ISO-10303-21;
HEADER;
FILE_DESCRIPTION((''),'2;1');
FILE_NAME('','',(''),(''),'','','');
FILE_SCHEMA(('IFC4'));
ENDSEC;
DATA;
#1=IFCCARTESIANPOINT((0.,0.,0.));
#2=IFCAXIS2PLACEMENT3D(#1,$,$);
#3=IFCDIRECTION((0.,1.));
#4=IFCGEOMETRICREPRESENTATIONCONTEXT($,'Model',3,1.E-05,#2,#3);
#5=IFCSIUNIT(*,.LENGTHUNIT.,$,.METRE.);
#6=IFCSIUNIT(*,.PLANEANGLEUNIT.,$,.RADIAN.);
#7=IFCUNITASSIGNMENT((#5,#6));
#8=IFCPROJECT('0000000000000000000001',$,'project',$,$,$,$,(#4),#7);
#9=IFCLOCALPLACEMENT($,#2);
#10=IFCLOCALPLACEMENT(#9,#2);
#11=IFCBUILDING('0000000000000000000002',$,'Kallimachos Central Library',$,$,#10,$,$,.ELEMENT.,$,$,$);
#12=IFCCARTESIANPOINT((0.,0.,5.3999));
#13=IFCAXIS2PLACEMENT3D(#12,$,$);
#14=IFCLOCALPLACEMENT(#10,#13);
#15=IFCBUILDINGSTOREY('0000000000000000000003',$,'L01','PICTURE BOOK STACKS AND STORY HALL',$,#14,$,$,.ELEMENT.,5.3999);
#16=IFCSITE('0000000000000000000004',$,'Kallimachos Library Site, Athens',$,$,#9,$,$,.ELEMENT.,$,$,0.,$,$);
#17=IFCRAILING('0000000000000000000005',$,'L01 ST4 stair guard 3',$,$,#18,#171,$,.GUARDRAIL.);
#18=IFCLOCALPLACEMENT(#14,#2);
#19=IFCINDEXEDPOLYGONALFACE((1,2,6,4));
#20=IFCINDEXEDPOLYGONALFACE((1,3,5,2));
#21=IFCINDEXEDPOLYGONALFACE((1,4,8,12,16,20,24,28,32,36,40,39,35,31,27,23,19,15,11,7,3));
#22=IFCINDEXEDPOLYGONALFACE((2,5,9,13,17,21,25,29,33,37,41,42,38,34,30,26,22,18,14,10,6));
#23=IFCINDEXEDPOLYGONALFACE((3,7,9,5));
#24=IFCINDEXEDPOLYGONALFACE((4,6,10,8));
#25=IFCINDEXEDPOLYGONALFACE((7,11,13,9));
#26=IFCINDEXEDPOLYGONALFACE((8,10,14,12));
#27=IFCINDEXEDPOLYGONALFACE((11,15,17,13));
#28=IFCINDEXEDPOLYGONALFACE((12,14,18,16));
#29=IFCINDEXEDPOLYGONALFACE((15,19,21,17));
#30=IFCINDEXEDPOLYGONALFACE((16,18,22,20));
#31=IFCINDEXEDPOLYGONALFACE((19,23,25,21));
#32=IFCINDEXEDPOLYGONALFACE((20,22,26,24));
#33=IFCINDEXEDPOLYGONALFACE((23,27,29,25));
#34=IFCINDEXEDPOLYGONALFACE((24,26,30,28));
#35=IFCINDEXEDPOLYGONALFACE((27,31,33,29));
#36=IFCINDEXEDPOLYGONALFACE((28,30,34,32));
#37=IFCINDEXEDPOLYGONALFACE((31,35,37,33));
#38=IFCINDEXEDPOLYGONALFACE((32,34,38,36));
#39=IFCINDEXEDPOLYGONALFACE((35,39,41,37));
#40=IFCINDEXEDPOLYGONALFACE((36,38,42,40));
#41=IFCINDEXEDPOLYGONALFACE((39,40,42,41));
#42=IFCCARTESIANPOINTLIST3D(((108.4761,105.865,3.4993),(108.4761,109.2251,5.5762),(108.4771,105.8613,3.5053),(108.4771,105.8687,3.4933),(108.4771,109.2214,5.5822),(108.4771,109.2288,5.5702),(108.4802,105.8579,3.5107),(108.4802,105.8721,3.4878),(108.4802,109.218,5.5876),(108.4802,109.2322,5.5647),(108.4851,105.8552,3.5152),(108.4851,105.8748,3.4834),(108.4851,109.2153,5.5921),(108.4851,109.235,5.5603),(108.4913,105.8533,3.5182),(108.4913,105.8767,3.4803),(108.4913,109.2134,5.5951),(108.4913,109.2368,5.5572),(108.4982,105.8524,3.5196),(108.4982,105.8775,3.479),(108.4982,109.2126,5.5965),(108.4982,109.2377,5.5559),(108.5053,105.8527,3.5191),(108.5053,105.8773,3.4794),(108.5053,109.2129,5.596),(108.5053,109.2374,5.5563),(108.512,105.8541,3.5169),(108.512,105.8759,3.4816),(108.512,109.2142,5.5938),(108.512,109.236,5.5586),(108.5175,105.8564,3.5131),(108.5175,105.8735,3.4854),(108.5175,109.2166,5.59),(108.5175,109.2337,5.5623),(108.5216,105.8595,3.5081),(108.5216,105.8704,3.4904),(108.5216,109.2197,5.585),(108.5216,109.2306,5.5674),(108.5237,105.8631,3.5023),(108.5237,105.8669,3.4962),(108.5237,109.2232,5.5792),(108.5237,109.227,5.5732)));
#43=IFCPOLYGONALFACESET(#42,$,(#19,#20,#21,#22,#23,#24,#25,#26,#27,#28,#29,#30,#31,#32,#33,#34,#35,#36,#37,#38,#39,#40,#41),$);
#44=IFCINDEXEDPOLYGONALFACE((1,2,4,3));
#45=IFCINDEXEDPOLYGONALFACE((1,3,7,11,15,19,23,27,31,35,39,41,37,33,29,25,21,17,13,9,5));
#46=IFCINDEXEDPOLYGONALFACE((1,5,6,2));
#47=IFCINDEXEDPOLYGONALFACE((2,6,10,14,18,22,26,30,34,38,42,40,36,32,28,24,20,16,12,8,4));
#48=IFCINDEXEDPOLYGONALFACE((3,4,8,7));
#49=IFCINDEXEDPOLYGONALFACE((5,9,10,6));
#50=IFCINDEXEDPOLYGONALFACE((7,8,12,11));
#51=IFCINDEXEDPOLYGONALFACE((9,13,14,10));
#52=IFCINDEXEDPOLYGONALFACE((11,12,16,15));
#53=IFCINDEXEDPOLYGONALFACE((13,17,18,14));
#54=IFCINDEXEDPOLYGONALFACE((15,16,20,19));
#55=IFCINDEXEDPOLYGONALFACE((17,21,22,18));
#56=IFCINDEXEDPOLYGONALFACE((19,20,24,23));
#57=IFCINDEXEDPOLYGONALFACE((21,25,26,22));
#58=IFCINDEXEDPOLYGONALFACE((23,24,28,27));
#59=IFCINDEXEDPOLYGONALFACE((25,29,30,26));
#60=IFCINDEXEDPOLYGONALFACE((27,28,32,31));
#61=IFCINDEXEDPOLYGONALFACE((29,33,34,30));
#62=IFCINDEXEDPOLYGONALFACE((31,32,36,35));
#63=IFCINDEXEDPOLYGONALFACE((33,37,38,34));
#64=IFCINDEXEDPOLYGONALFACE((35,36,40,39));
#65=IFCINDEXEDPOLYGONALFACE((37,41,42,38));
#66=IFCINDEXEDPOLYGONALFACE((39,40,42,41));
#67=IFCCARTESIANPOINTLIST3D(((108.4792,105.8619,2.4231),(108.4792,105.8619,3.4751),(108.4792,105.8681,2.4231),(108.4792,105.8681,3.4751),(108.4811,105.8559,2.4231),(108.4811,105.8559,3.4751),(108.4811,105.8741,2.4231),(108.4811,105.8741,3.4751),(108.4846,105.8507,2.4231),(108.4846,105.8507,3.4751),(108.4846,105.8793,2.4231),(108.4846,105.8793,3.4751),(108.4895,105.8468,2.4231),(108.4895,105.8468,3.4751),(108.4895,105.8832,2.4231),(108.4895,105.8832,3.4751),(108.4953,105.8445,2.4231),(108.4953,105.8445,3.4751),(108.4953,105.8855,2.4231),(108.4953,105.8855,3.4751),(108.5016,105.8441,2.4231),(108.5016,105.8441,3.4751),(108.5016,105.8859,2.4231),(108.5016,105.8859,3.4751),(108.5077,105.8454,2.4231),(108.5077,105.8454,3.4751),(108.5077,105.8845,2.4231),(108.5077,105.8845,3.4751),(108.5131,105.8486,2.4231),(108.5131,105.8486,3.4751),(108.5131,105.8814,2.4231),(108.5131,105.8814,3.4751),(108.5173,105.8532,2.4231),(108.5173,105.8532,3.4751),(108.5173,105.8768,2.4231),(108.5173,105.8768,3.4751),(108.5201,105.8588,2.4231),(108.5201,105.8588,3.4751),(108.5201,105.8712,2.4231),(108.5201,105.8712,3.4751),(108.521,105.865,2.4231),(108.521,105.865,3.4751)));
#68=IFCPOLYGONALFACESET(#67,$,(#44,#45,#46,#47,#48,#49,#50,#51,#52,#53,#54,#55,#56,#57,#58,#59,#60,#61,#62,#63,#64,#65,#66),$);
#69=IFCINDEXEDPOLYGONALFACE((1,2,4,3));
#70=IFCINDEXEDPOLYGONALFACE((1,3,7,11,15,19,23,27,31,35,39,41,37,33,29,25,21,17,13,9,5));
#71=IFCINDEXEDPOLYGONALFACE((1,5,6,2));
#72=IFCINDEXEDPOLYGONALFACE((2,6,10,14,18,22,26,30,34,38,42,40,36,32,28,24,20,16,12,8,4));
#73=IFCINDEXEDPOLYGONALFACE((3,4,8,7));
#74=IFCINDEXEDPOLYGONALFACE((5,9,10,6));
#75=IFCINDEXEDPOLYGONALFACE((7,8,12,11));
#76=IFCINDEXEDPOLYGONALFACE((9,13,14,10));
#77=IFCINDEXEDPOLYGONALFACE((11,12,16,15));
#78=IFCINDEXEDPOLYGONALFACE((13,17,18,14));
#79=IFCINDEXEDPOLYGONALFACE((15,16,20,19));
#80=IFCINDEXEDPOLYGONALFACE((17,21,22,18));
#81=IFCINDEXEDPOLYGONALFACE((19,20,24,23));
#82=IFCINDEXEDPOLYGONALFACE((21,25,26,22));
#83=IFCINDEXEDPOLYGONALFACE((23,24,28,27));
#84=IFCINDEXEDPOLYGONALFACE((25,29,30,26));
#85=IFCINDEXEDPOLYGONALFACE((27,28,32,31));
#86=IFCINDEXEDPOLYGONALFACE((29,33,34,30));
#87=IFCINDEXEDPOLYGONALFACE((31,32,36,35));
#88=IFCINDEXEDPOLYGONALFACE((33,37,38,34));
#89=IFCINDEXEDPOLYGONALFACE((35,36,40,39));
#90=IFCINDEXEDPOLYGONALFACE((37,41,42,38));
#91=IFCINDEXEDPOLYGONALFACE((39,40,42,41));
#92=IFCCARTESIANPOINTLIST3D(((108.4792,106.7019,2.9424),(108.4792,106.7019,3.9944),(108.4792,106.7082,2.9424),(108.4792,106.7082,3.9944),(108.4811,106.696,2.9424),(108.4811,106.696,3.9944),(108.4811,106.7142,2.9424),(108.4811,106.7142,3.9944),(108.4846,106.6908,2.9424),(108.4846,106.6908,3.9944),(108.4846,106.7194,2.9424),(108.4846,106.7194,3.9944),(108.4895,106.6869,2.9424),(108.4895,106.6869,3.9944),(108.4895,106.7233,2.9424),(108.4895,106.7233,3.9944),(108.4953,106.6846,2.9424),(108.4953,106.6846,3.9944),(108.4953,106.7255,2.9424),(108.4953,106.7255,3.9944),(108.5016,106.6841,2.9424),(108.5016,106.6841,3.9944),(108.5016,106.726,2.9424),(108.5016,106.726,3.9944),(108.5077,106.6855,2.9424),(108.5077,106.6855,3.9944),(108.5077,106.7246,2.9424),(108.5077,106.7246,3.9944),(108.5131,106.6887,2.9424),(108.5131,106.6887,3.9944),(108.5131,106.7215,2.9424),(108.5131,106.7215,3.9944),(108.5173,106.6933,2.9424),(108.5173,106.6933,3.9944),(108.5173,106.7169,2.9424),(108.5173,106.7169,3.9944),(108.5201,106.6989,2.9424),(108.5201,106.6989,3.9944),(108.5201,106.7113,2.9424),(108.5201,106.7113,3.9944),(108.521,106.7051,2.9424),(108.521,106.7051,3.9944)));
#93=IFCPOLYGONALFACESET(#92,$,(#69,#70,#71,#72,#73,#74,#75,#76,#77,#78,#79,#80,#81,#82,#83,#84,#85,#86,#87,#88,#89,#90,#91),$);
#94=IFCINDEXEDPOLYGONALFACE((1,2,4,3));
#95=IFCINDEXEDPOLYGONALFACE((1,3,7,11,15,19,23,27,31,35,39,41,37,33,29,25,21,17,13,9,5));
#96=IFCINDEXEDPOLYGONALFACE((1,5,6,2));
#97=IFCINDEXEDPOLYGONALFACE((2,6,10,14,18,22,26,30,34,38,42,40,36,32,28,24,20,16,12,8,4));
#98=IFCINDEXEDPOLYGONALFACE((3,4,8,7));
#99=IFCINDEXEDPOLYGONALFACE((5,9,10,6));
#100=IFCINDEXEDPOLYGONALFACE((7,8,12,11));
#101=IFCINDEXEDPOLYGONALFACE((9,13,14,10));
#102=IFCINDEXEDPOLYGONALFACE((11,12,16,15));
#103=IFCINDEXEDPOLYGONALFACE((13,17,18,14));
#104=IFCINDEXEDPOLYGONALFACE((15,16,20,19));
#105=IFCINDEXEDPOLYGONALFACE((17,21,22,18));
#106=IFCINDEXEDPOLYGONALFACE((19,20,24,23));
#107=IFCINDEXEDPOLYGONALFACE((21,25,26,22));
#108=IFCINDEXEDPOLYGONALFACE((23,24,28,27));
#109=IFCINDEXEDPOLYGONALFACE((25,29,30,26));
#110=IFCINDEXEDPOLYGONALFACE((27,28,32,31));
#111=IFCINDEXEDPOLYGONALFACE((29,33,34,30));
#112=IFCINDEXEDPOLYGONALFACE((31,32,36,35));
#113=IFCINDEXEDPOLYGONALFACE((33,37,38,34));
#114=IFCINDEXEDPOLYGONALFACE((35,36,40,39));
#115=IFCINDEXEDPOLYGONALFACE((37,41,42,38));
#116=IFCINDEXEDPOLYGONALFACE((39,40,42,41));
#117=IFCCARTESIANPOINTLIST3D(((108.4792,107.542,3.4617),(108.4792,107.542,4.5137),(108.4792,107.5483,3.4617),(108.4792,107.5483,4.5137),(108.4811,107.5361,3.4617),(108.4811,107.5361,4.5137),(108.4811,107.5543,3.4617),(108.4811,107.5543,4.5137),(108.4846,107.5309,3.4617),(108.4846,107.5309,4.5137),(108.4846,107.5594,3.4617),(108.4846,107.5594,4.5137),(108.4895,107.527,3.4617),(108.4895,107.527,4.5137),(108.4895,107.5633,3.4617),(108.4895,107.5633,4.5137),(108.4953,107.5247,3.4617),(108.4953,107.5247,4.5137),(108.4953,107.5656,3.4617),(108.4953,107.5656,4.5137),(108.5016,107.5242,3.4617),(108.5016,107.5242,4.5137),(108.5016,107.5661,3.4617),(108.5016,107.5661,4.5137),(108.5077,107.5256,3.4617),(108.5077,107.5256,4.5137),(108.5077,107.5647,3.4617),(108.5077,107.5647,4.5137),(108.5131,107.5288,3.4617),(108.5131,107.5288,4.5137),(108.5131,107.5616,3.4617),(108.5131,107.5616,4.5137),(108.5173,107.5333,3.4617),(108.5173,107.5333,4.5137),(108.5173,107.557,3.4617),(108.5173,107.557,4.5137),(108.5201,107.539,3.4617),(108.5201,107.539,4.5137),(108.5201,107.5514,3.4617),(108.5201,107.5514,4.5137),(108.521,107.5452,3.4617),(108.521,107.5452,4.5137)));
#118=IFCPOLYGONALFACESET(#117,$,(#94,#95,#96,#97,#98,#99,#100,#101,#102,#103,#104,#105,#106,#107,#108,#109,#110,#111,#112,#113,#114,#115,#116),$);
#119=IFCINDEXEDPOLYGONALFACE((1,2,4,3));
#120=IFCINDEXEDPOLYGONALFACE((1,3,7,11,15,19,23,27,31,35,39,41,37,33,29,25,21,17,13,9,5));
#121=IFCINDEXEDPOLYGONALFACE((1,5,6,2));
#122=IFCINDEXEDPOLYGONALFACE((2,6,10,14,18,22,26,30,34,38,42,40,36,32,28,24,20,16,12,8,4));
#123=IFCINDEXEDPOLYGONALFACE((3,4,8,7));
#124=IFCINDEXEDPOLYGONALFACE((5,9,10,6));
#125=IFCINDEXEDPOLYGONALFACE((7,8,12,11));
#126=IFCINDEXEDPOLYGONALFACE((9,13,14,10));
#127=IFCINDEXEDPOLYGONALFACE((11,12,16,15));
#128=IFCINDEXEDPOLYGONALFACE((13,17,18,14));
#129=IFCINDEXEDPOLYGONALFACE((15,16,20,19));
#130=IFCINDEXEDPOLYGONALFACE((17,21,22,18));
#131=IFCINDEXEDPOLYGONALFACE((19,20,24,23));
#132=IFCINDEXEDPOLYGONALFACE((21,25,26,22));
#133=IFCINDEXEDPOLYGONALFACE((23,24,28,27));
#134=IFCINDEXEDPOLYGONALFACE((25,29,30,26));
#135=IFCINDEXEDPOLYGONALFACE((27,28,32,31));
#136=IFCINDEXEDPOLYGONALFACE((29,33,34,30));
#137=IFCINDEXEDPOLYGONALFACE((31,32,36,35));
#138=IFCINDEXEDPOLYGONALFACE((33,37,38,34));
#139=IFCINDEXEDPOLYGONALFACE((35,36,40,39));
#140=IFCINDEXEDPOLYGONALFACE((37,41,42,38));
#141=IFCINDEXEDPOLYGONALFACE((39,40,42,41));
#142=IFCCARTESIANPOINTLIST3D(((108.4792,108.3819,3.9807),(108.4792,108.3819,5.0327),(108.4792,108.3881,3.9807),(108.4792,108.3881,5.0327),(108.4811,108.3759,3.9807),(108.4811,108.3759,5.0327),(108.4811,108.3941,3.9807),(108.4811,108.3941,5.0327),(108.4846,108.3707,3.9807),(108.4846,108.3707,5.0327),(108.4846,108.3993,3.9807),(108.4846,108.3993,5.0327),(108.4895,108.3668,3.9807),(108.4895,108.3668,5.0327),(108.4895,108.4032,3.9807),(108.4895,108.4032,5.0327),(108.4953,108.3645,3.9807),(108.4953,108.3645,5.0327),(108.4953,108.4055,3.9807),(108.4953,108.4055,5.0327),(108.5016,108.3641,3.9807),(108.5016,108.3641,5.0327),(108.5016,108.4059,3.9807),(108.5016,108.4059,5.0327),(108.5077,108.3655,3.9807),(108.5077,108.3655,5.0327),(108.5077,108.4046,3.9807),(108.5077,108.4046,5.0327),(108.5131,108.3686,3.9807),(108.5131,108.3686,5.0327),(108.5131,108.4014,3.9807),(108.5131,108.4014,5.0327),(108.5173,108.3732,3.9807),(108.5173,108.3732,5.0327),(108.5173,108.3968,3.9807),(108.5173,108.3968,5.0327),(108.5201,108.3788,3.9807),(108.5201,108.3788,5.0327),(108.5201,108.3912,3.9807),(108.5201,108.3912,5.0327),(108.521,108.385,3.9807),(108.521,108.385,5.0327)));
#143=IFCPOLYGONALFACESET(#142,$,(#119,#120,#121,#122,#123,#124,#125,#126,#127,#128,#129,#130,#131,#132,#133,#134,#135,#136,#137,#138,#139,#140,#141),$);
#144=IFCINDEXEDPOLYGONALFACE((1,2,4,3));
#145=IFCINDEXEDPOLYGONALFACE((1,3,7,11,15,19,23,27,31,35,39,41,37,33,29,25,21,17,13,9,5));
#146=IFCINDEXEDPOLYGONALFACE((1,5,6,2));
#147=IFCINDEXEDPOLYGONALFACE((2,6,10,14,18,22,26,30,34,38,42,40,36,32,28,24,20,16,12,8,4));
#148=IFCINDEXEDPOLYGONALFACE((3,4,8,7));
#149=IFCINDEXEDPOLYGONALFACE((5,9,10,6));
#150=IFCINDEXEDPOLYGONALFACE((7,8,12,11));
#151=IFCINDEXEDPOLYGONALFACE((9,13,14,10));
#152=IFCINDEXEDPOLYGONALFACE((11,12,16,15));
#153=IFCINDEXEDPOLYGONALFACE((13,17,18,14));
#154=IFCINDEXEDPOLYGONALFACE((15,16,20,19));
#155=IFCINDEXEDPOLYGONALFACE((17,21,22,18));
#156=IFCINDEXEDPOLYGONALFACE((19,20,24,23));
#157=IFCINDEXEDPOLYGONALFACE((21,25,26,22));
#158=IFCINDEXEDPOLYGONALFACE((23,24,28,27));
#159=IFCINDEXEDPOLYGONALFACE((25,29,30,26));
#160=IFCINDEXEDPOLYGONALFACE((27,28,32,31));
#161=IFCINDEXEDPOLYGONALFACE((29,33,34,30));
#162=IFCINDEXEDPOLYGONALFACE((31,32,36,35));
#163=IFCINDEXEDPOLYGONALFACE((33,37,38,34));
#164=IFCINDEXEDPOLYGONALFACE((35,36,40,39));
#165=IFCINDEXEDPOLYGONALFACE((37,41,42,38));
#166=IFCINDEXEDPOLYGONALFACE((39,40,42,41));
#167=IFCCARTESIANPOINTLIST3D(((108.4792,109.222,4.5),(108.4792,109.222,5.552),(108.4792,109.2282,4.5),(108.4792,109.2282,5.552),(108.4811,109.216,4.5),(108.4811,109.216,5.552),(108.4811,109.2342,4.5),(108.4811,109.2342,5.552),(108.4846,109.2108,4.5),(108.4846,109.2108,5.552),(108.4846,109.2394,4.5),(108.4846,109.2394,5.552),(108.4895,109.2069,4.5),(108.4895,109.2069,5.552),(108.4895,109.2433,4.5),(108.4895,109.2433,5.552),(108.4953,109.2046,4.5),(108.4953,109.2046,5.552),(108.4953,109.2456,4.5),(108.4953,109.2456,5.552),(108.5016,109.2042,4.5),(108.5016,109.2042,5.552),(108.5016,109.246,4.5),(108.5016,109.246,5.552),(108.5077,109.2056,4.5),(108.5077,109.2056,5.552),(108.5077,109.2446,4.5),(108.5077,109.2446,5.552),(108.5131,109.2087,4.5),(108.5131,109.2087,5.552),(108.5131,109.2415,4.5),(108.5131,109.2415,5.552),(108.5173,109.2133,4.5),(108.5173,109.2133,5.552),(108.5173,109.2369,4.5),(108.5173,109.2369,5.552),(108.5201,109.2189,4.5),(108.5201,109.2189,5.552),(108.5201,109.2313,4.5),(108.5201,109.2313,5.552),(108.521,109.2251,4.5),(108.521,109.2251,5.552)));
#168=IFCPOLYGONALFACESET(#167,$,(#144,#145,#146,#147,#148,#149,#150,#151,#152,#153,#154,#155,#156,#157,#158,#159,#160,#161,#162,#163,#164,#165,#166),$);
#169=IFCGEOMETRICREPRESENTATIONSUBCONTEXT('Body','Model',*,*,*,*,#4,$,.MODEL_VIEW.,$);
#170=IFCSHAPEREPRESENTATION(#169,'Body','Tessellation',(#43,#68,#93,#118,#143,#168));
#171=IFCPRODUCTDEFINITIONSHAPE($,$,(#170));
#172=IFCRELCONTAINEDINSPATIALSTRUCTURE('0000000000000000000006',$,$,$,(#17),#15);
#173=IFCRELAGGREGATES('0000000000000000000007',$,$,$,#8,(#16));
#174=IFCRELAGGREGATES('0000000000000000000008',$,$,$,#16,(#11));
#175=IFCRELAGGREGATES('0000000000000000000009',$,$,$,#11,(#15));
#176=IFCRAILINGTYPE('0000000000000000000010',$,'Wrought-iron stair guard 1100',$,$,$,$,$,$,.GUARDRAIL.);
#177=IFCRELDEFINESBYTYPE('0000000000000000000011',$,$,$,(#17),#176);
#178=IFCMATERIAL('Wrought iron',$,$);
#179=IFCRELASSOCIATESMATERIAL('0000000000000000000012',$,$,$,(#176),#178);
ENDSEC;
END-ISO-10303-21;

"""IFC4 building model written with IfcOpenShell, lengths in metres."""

from ifc_helpers import new_model, si_unit, direction, frame, origin, origin_2d, place, context, subcontext, project, spatial, circle, extrude, material, type_object, element, save


model = new_model("IFC4")

# Units and contexts
model_context = context("Model", 3, precision=1e-05, world=origin(), true_north=direction((0.0, 1.0)))
body_context = subcontext(model_context, "Body", "Model", "MODEL_VIEW")
ifc_project = project(units=[si_unit("LENGTHUNIT", "METRE"), si_unit("PLANEANGLEUNIT", "RADIAN")], contexts=[model_context])

# Site, building, storey
site_placement = place(None, origin())
site = spatial("IfcSite", under=ifc_project, at=site_placement, Name="Kallimachos Library Site, Athens", CompositionType="ELEMENT", RefElevation=0.0)
building_placement = place(site_placement, origin())
building = spatial("IfcBuilding", under=site, at=building_placement, Name="Kallimachos Central Library", CompositionType="ELEMENT")
storey_placement = place(building_placement, frame((0.0, 0.0, 5.3999)))
storey = spatial("IfcBuildingStorey", under=building, at=storey_placement, Name="L01", Description="PICTURE BOOK STACKS AND STORY HALL", CompositionType="ELEMENT", Elevation=5.3999)

# Railing
ifc_material_1 = material(Name="Wrought iron")
railing_type_1 = type_object("IfcRailingType", Name="Wrought-iron stair guard 1100", PredefinedType="GUARDRAIL", material=ifc_material_1)
railing_1_placement = place(storey_placement, frame((108.5, 105.865, 2.4231)))
element("IfcRailing", 1, at=railing_1_placement, inside=storey, type_object=railing_type_1, Name="L01 ST4 stair guard 3", PredefinedType="GUARDRAIL", context=body_context, shape_type="SweptSolid", body=[
    extrude(circle(Radius=0.0239, at=origin_2d()), frame((0.0, 0.0, 1.0762), z_axis=(0.0, 0.850623, 0.525776), x_axis=(-1.0, 0.0, 0.0)), (0.0, 0.0, 1.0), 3.9502),
    extrude(circle(Radius=0.021, at=origin_2d()), origin(), (0.0, 0.0, 1.0), 1.052),
    extrude(circle(Radius=0.021, at=origin_2d()), frame((0.0, 0.8401, 0.5193)), (0.0, 0.0, 1.0), 1.052),
    extrude(circle(Radius=0.021, at=origin_2d()), frame((0.0, 1.6802, 1.0386)), (0.0, 0.0, 1.0), 1.052),
    extrude(circle(Radius=0.021, at=origin_2d()), frame((0.0, 2.52, 1.5576)), (0.0, 0.0, 1.0), 1.052),
    extrude(circle(Radius=0.021, at=origin_2d()), frame((0.0, 3.3601, 2.0769)), (0.0, 0.0, 1.0), 1.052),
])

save(model, "model.ifc")
